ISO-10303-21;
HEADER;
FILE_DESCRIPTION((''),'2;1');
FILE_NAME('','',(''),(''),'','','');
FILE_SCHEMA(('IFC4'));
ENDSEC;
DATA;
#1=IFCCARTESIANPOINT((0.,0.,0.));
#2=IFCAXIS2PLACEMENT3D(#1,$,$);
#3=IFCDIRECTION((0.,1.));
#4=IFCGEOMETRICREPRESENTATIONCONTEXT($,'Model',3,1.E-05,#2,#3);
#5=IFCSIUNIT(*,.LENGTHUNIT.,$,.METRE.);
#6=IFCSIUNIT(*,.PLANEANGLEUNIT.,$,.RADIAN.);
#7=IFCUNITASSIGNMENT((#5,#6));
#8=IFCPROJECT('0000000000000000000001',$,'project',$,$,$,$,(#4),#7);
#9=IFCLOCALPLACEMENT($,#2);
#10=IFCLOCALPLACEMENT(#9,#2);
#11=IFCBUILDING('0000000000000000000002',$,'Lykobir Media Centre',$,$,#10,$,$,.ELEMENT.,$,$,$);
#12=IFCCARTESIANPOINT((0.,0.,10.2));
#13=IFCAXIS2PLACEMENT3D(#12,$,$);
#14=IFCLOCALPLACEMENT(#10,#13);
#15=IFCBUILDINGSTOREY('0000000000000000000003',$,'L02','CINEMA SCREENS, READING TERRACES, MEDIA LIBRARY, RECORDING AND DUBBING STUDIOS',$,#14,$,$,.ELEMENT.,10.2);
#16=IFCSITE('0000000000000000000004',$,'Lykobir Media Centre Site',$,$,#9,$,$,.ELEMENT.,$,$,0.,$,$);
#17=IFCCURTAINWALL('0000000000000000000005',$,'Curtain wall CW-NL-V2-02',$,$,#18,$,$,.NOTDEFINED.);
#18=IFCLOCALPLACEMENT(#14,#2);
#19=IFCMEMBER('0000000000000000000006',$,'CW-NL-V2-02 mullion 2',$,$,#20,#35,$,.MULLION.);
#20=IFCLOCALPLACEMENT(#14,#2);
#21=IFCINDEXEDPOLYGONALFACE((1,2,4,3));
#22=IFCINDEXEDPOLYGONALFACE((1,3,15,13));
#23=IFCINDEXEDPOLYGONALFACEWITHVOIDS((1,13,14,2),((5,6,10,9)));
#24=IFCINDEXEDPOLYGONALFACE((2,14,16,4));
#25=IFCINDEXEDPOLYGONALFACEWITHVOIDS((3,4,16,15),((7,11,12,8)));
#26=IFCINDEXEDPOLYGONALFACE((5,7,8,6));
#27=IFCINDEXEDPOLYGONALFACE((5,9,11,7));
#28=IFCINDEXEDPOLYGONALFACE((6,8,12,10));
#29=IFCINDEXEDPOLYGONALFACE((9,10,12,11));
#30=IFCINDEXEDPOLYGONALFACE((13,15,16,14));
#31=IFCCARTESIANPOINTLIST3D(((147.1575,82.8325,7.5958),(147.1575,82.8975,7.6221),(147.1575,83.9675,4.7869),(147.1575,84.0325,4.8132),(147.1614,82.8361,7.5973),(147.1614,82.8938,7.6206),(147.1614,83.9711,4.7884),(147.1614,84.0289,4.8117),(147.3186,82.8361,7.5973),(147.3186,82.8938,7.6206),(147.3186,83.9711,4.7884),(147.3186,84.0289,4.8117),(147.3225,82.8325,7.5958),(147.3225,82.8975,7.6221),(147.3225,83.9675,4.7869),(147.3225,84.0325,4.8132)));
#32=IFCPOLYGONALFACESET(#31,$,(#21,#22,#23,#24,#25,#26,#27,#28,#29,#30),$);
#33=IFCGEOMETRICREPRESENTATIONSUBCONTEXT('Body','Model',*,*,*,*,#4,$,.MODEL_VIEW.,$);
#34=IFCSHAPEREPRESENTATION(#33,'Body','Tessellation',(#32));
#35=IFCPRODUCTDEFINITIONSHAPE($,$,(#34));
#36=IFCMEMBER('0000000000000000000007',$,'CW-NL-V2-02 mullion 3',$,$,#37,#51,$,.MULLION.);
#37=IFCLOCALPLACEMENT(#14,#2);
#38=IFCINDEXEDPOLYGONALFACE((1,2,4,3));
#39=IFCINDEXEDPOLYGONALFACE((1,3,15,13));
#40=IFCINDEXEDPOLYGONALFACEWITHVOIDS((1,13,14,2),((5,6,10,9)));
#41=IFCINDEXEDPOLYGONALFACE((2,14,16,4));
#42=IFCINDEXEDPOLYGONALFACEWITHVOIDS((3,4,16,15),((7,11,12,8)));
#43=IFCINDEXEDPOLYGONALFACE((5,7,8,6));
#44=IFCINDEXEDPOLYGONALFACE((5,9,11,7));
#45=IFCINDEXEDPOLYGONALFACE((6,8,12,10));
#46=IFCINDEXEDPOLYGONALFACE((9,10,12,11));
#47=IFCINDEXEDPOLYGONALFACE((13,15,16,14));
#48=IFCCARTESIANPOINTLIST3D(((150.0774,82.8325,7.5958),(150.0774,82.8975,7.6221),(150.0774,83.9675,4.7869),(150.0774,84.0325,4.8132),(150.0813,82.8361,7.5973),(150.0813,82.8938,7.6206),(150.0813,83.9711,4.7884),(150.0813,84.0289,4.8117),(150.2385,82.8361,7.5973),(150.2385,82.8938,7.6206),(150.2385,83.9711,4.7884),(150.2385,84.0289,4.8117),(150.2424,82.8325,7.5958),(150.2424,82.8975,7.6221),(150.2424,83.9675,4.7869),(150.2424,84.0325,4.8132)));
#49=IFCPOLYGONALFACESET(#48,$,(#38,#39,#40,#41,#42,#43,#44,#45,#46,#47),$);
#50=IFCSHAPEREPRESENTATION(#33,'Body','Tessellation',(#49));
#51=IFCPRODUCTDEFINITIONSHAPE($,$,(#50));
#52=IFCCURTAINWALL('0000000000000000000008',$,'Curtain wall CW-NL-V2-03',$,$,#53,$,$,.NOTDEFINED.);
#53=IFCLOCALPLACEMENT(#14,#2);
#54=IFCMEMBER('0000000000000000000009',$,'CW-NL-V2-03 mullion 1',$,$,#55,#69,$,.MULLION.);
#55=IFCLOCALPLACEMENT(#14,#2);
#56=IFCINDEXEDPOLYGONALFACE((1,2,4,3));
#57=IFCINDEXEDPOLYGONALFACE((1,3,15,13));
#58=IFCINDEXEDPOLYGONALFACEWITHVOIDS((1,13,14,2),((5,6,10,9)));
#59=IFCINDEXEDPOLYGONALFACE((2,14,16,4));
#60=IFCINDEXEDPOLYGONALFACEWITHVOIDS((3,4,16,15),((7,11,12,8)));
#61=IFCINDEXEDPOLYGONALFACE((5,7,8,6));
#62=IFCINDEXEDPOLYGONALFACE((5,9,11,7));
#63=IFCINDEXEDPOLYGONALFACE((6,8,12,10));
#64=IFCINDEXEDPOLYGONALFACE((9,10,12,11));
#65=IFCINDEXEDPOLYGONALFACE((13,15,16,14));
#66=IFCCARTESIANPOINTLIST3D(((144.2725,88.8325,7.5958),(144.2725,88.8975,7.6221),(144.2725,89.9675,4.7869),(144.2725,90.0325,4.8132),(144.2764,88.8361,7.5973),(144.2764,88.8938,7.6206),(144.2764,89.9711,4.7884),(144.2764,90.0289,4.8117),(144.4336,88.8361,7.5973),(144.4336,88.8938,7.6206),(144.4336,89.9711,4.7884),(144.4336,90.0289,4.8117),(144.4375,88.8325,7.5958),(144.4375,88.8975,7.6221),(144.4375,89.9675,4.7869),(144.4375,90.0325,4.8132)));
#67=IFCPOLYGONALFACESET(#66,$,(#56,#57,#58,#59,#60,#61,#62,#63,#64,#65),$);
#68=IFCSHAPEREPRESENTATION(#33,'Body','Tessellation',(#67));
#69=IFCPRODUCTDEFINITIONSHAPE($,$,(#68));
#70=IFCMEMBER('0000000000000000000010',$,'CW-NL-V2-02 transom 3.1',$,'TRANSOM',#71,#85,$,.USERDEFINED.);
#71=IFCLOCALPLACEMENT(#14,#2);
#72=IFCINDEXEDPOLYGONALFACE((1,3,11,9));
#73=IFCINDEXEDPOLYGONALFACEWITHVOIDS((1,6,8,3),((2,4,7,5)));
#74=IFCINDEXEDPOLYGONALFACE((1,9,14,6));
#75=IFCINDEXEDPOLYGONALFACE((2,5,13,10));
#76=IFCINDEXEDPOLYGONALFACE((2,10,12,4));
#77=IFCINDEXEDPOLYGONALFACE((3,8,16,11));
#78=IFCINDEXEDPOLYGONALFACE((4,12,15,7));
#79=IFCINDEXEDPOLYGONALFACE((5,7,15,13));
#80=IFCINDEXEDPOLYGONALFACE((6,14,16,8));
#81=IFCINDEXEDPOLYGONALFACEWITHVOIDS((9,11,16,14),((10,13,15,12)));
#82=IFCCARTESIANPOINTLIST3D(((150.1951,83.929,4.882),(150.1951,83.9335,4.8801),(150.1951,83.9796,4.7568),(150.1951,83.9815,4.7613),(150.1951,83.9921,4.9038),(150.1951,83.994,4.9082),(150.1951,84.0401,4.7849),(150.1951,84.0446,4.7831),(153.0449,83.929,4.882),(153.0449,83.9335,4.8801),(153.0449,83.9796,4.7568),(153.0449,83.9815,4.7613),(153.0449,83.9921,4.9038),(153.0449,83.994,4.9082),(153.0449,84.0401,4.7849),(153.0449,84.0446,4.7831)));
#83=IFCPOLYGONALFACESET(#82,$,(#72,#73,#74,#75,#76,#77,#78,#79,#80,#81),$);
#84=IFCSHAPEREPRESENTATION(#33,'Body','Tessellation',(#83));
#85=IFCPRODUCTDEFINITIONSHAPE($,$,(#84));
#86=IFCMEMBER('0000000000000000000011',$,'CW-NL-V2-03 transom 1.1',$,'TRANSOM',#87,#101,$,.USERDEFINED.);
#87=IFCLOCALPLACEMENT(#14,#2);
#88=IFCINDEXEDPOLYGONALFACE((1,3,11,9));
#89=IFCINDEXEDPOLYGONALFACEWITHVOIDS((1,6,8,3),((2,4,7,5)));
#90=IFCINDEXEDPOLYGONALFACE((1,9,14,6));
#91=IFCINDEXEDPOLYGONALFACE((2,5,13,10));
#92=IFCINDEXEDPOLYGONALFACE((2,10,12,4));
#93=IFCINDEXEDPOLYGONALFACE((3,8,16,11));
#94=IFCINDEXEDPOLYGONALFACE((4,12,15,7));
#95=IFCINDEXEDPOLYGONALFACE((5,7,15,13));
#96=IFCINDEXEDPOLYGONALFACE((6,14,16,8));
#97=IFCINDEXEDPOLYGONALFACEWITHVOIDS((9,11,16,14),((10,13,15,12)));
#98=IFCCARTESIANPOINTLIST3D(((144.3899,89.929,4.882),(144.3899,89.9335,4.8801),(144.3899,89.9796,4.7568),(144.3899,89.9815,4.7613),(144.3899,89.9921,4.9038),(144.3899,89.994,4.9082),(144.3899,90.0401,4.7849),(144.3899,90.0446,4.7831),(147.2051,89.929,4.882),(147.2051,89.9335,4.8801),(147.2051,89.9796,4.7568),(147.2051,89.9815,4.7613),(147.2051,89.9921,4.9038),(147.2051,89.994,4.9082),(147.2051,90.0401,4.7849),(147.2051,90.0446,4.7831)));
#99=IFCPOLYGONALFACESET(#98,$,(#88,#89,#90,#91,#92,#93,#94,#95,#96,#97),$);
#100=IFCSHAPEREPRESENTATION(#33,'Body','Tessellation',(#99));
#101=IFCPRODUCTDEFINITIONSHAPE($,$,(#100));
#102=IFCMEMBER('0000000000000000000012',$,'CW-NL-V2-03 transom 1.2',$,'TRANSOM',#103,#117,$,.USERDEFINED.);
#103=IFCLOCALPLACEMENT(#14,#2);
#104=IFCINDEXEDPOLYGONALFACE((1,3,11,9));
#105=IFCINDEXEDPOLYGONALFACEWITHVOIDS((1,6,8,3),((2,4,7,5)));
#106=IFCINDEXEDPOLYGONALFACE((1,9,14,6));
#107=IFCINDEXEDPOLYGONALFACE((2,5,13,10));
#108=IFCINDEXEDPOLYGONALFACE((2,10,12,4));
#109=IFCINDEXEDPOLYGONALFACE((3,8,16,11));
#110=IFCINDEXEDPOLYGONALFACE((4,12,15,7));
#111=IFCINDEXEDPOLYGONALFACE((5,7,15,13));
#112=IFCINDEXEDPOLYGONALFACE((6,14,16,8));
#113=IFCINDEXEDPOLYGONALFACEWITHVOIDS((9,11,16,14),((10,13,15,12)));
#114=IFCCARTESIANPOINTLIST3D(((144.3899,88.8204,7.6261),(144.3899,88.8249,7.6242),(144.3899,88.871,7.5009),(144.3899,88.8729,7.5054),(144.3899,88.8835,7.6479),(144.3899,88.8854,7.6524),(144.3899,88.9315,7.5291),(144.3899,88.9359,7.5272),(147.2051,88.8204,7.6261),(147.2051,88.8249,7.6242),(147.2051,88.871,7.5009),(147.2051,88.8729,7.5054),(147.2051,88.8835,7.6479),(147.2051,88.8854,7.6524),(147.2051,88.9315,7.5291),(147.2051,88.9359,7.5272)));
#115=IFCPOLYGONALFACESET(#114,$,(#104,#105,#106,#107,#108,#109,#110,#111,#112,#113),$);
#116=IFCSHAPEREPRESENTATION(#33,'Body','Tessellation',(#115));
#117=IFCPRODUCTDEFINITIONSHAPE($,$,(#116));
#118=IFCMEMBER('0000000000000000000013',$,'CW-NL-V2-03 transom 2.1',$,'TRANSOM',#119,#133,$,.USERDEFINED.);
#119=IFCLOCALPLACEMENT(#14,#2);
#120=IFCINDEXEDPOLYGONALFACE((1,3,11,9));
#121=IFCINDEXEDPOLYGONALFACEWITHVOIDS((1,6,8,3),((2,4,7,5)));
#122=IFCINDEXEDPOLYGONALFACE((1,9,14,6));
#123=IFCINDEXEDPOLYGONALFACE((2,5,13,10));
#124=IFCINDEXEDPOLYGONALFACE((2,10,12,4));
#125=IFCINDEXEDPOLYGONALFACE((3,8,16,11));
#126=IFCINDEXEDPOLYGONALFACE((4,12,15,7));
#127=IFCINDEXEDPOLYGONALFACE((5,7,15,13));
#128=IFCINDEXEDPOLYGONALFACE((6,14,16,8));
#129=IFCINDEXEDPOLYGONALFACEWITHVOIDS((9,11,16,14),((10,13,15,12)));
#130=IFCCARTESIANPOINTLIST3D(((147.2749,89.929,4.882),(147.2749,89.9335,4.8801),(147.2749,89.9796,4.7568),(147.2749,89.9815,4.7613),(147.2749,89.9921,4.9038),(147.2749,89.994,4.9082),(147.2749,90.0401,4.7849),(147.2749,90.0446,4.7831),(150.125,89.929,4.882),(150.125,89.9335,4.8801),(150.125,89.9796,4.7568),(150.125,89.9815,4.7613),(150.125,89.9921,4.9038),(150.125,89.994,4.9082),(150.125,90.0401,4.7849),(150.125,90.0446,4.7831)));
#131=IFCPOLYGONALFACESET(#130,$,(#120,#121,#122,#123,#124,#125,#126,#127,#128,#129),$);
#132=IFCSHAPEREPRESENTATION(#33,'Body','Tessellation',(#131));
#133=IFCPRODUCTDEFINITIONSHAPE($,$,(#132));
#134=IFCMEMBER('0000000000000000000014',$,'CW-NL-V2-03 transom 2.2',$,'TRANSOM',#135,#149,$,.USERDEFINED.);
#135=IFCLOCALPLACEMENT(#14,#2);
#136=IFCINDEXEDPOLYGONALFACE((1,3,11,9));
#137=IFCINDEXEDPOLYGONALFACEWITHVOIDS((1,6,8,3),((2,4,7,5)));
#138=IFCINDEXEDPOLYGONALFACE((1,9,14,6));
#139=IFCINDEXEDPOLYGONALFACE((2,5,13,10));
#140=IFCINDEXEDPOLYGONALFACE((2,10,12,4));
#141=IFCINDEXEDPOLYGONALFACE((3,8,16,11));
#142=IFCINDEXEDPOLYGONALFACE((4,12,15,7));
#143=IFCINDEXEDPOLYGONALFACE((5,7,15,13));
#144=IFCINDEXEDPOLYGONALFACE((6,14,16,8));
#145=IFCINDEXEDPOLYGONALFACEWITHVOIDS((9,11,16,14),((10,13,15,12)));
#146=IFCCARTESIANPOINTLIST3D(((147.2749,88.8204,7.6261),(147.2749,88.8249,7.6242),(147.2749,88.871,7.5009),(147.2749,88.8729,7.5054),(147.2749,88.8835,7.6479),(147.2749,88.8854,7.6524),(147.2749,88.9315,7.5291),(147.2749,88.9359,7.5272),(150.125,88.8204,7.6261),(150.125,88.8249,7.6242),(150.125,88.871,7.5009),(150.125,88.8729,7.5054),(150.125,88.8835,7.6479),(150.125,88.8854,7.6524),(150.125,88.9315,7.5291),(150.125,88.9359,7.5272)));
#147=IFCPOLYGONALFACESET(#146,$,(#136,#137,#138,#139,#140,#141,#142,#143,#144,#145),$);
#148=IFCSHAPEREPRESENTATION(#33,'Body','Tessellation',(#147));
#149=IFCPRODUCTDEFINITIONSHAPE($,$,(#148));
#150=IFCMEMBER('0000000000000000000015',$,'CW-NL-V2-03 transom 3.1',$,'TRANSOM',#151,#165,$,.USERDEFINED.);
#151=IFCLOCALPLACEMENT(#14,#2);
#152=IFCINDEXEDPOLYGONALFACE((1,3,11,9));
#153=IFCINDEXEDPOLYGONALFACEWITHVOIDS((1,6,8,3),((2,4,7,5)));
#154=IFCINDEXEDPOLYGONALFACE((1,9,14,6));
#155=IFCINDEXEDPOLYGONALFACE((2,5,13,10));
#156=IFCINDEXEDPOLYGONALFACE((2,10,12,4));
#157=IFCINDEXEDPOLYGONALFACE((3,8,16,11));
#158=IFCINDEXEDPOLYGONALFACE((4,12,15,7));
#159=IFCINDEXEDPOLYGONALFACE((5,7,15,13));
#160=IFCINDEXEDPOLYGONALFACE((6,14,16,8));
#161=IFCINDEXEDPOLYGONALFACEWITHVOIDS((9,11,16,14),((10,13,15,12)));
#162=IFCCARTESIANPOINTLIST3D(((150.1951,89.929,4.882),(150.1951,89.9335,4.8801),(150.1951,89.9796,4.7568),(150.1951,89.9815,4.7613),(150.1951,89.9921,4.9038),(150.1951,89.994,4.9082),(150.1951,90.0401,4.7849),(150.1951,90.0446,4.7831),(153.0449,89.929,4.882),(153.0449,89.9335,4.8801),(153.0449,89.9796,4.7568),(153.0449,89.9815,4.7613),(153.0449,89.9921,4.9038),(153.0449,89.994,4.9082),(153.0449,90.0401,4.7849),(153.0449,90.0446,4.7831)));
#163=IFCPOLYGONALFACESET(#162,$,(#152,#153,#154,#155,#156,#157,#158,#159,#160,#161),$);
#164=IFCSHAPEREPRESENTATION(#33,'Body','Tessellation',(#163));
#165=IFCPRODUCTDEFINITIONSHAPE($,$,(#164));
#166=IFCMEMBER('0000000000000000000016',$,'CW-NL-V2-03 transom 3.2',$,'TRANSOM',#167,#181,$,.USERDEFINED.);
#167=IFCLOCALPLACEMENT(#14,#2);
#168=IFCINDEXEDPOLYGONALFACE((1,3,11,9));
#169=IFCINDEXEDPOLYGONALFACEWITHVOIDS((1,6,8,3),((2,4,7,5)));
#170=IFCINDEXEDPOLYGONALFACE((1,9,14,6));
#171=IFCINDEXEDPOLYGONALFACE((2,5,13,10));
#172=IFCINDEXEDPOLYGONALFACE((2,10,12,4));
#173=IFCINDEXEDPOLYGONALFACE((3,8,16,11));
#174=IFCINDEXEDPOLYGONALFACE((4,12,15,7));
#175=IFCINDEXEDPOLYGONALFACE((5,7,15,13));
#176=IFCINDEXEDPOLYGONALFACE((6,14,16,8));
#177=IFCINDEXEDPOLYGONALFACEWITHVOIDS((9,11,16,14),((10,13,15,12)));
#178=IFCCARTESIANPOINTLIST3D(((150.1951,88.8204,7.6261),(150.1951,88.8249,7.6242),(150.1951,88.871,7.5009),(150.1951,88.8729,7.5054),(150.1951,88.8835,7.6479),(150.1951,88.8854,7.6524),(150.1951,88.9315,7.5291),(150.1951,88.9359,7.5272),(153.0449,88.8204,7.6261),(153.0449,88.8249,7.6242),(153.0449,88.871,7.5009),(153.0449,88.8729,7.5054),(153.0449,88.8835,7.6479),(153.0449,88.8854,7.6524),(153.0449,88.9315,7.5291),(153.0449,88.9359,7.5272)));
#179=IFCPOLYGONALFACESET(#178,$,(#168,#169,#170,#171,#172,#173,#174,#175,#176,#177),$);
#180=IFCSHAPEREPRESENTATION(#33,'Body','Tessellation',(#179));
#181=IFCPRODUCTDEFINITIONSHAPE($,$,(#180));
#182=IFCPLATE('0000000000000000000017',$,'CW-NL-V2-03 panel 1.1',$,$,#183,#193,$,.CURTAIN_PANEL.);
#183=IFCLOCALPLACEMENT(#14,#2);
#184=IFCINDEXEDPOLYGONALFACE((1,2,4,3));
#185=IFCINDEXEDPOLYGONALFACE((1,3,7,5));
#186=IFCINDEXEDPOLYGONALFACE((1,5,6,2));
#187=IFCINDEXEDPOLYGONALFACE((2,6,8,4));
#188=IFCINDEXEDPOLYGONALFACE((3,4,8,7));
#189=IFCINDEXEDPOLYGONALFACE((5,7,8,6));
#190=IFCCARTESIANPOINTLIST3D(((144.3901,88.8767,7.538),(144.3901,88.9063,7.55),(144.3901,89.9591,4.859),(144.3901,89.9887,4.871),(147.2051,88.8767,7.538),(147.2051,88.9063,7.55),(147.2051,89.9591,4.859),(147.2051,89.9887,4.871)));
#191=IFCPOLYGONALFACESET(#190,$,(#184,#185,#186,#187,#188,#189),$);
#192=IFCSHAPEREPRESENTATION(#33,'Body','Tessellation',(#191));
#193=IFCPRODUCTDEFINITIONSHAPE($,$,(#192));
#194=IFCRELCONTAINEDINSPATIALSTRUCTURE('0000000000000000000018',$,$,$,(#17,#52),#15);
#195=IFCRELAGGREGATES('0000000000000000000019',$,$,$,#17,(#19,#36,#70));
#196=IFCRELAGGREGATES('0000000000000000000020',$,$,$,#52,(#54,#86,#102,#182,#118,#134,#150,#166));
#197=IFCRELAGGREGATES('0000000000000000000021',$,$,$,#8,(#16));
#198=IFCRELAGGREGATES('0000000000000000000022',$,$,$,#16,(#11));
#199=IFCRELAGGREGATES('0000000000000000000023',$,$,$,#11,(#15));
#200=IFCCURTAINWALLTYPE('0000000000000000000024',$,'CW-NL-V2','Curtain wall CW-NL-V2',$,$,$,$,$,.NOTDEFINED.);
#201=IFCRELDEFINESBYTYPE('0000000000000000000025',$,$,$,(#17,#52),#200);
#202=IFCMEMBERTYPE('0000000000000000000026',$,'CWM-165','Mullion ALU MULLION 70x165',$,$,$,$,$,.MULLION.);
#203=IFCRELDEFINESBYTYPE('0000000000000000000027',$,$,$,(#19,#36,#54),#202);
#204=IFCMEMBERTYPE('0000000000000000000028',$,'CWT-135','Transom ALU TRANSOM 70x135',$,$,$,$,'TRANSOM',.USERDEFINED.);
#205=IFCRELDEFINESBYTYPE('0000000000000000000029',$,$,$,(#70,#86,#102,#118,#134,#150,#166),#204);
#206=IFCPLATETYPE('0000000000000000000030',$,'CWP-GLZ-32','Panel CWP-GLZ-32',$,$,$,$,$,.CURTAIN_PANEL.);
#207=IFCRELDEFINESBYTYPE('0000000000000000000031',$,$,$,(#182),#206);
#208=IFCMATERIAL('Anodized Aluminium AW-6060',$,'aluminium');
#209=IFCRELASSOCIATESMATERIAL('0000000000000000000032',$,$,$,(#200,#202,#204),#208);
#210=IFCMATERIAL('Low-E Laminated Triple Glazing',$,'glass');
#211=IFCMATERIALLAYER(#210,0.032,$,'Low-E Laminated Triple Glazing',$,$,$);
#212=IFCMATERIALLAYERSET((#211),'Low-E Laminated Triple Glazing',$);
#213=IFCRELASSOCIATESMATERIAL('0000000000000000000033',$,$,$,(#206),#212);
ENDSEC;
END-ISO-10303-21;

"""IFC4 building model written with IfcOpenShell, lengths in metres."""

from ifc_helpers import new_model, si_unit, direction, frame, origin, origin_2d, place, context, subcontext, project, spatial, rectangle, hollow_rectangle, extrude, material, layer, layer_set, material_profile, profile_set, type_object, element, aggregate, save


model = new_model("IFC4")

# Units and contexts
model_context = context("Model", 3, precision=1e-05, world=origin(), true_north=direction((0.0, 1.0)))
body_context = subcontext(model_context, "Body", "Model", "MODEL_VIEW")
ifc_project = project(units=[si_unit("LENGTHUNIT", "METRE"), si_unit("PLANEANGLEUNIT", "RADIAN")], contexts=[model_context])

# Site, building, storey
site_placement = place(None, origin())
site = spatial("IfcSite", under=ifc_project, at=site_placement, Name="Lykobir Media Centre Site", CompositionType="ELEMENT", RefElevation=0.0)
building_placement = place(site_placement, origin())
building = spatial("IfcBuilding", under=site, at=building_placement, Name="Lykobir Media Centre", CompositionType="ELEMENT")
storey_placement = place(building_placement, frame((0.0, 0.0, 10.2)))
storey = spatial("IfcBuildingStorey", under=building, at=storey_placement, Name="L02", Description="CINEMA SCREENS, READING TERRACES, MEDIA LIBRARY, RECORDING AND DUBBING STUDIOS", CompositionType="ELEMENT", Elevation=10.2)

# Curtain wall, members
ifc_material_1 = material(Name="Anodized Aluminium AW-6060", Category="aluminium")
curtain_wall_type = type_object("IfcCurtainWallType", Name="CW-NL-V2", Description="Curtain wall CW-NL-V2", PredefinedType="NOTDEFINED", material=ifc_material_1)
curtain_wall_1_placement = place(storey_placement, origin())
curtain_wall_1 = element("IfcCurtainWall", 1, at=curtain_wall_1_placement, inside=storey, type_object=curtain_wall_type, Name="Curtain wall CW-NL-V2-02", PredefinedType="NOTDEFINED")
ifc_material_profile_1 = material_profile(ifc_material_1, hollow_rectangle(XDim=0.0701, YDim=0.165, WallThickness=0.0039, at=origin_2d()), Name="ALU MULLION 70x165")
ifc_profile_set_1 = profile_set([ifc_material_profile_1], Name="Anodized Aluminium AW-6060")
member_type_1 = type_object("IfcMemberType", Name="CWM-165", Description="Mullion ALU MULLION 70x165", PredefinedType="MULLION", material=ifc_profile_set_1)
member_1_placement = place(storey_placement, frame((147.24, 84.0, 4.8), z_axis=(0.0, -0.374654, 0.927165), x_axis=(0.0, 0.927165, 0.374654)))
member_1 = element("IfcMember", 2, at=member_1_placement, type_object=member_type_1, Name="CW-NL-V2-02 mullion 2", PredefinedType="MULLION", context=body_context, shape_type="SweptSolid", body=[
    extrude(hollow_rectangle(XDim=0.0701, YDim=0.165, WallThickness=0.0039, at=origin_2d()), origin(), (0.0, 0.0, 1.0), 3.0295),
])
member_2_placement = place(storey_placement, frame((150.1599, 84.0, 4.8), z_axis=(0.0, -0.374654, 0.927165), x_axis=(0.0, 0.927165, 0.374654)))
member_2 = element("IfcMember", 3, at=member_2_placement, type_object=member_type_1, Name="CW-NL-V2-02 mullion 3", PredefinedType="MULLION", context=body_context, shape_type="SweptSolid", body=[
    extrude(hollow_rectangle(XDim=0.0701, YDim=0.165, WallThickness=0.0039, at=origin_2d()), origin(), (0.0, 0.0, 1.0), 3.0295),
])

# Curtain wall, member
curtain_wall_2_placement = place(storey_placement, origin())
curtain_wall_2 = element("IfcCurtainWall", 4, at=curtain_wall_2_placement, inside=storey, type_object=curtain_wall_type, Name="Curtain wall CW-NL-V2-03", PredefinedType="NOTDEFINED")
member_3_placement = place(storey_placement, frame((144.355, 90.0, 4.8), z_axis=(0.0, -0.374654, 0.927165), x_axis=(0.0, 0.927165, 0.374654)))
member_3 = element("IfcMember", 5, at=member_3_placement, type_object=member_type_1, Name="CW-NL-V2-03 mullion 1", PredefinedType="MULLION", context=body_context, shape_type="SweptSolid", body=[
    extrude(hollow_rectangle(XDim=0.0701, YDim=0.165, WallThickness=0.0039, at=origin_2d()), origin(), (0.0, 0.0, 1.0), 3.0295),
])

# Members
ifc_material_profile_2 = material_profile(ifc_material_1, hollow_rectangle(XDim=0.0701, YDim=0.135, WallThickness=0.0034, at=origin_2d()), Name="ALU TRANSOM 70x135")
ifc_profile_set_2 = profile_set([ifc_material_profile_2], Name="Anodized Aluminium AW-6060")
member_type_2 = type_object("IfcMemberType", Name="CWT-135", Description="Transom ALU TRANSOM 70x135", ElementType="TRANSOM", PredefinedType="USERDEFINED", material=ifc_profile_set_2)
member_4_placement = place(storey_placement, frame((150.1951, 83.9868, 4.8325), z_axis=(1.0, 0.0, 0.0), x_axis=(0.0, 0.927184, 0.374607)))
member_4 = element("IfcMember", 6, at=member_4_placement, type_object=member_type_2, Name="CW-NL-V2-02 transom 3.1", ObjectType="TRANSOM", PredefinedType="USERDEFINED", context=body_context, shape_type="SweptSolid", body=[
    extrude(hollow_rectangle(XDim=0.0701, YDim=0.135, WallThickness=0.0034, at=origin_2d()), origin(), (0.0, 0.0, 1.0), 2.8499),
])
aggregate(curtain_wall_1, [member_1, member_2, member_4])
member_5_placement = place(storey_placement, frame((144.3899, 89.9868, 4.8325), z_axis=(1.0, 0.0, 0.0), x_axis=(0.0, 0.927184, 0.374607)))
member_5 = element("IfcMember", 7, at=member_5_placement, type_object=member_type_2, Name="CW-NL-V2-03 transom 1.1", ObjectType="TRANSOM", PredefinedType="USERDEFINED", context=body_context, shape_type="SweptSolid", body=[
    extrude(hollow_rectangle(XDim=0.0701, YDim=0.135, WallThickness=0.0034, at=origin_2d()), origin(), (0.0, 0.0, 1.0), 2.8152),
])
member_6_placement = place(storey_placement, frame((144.3899, 88.8782, 7.5767), z_axis=(1.0, 0.0, 0.0), x_axis=(0.0, 0.927184, 0.374607)))
member_6 = element("IfcMember", 8, at=member_6_placement, type_object=member_type_2, Name="CW-NL-V2-03 transom 1.2", ObjectType="TRANSOM", PredefinedType="USERDEFINED", context=body_context, shape_type="SweptSolid", body=[
    extrude(hollow_rectangle(XDim=0.0701, YDim=0.135, WallThickness=0.0034, at=origin_2d()), origin(), (0.0, 0.0, 1.0), 2.8152),
])
member_7_placement = place(storey_placement, frame((147.2749, 89.9868, 4.8325), z_axis=(1.0, 0.0, 0.0), x_axis=(0.0, 0.927184, 0.374607)))
member_7 = element("IfcMember", 9, at=member_7_placement, type_object=member_type_2, Name="CW-NL-V2-03 transom 2.1", ObjectType="TRANSOM", PredefinedType="USERDEFINED", context=body_context, shape_type="SweptSolid", body=[
    extrude(hollow_rectangle(XDim=0.0701, YDim=0.135, WallThickness=0.0034, at=origin_2d()), origin(), (0.0, 0.0, 1.0), 2.8501),
])
member_8_placement = place(storey_placement, frame((147.2749, 88.8782, 7.5767), z_axis=(1.0, 0.0, 0.0), x_axis=(0.0, 0.927184, 0.374607)))
member_8 = element("IfcMember", 10, at=member_8_placement, type_object=member_type_2, Name="CW-NL-V2-03 transom 2.2", ObjectType="TRANSOM", PredefinedType="USERDEFINED", context=body_context, shape_type="SweptSolid", body=[
    extrude(hollow_rectangle(XDim=0.0701, YDim=0.135, WallThickness=0.0034, at=origin_2d()), origin(), (0.0, 0.0, 1.0), 2.8501),
])
member_9_placement = place(storey_placement, frame((150.1951, 89.9868, 4.8325), z_axis=(1.0, 0.0, 0.0), x_axis=(0.0, 0.927184, 0.374607)))
member_9 = element("IfcMember", 11, at=member_9_placement, type_object=member_type_2, Name="CW-NL-V2-03 transom 3.1", ObjectType="TRANSOM", PredefinedType="USERDEFINED", context=body_context, shape_type="SweptSolid", body=[
    extrude(hollow_rectangle(XDim=0.0701, YDim=0.135, WallThickness=0.0034, at=origin_2d()), origin(), (0.0, 0.0, 1.0), 2.8499),
])
member_10_placement = place(storey_placement, frame((150.1951, 88.8782, 7.5767), z_axis=(1.0, 0.0, 0.0), x_axis=(0.0, 0.927184, 0.374607)))
member_10 = element("IfcMember", 12, at=member_10_placement, type_object=member_type_2, Name="CW-NL-V2-03 transom 3.2", ObjectType="TRANSOM", PredefinedType="USERDEFINED", context=body_context, shape_type="SweptSolid", body=[
    extrude(hollow_rectangle(XDim=0.0701, YDim=0.135, WallThickness=0.0034, at=origin_2d()), origin(), (0.0, 0.0, 1.0), 2.8499),
])

# Plate
ifc_material_2 = material(Name="Low-E Laminated Triple Glazing", Category="glass")
ifc_layer_1 = layer(ifc_material_2, 0.032, Name="Low-E Laminated Triple Glazing")
ifc_layer_set_1 = layer_set([ifc_layer_1], Name="Low-E Laminated Triple Glazing")
plate_type_1 = type_object("IfcPlateType", Name="CWP-GLZ-32", Description="Panel CWP-GLZ-32", PredefinedType="CURTAIN_PANEL", material=ifc_layer_set_1)
plate_1_placement = place(storey_placement, frame((145.7976, 89.9739, 4.865), z_axis=(0.0, -0.374607, 0.927184), x_axis=(1.0, 0.0, 0.0)))
plate_1 = element("IfcPlate", 13, at=plate_1_placement, type_object=plate_type_1, Name="CW-NL-V2-03 panel 1.1", PredefinedType="CURTAIN_PANEL", context=body_context, shape_type="SweptSolid", body=[
    extrude(rectangle(XDim=2.8149, YDim=0.032, at=origin_2d()), origin(), (0.0, 0.0, 1.0), 2.8894),
])
aggregate(curtain_wall_2, [member_3, member_5, member_6, plate_1, member_7, member_8, member_9, member_10])

save(model, "model.ifc")
